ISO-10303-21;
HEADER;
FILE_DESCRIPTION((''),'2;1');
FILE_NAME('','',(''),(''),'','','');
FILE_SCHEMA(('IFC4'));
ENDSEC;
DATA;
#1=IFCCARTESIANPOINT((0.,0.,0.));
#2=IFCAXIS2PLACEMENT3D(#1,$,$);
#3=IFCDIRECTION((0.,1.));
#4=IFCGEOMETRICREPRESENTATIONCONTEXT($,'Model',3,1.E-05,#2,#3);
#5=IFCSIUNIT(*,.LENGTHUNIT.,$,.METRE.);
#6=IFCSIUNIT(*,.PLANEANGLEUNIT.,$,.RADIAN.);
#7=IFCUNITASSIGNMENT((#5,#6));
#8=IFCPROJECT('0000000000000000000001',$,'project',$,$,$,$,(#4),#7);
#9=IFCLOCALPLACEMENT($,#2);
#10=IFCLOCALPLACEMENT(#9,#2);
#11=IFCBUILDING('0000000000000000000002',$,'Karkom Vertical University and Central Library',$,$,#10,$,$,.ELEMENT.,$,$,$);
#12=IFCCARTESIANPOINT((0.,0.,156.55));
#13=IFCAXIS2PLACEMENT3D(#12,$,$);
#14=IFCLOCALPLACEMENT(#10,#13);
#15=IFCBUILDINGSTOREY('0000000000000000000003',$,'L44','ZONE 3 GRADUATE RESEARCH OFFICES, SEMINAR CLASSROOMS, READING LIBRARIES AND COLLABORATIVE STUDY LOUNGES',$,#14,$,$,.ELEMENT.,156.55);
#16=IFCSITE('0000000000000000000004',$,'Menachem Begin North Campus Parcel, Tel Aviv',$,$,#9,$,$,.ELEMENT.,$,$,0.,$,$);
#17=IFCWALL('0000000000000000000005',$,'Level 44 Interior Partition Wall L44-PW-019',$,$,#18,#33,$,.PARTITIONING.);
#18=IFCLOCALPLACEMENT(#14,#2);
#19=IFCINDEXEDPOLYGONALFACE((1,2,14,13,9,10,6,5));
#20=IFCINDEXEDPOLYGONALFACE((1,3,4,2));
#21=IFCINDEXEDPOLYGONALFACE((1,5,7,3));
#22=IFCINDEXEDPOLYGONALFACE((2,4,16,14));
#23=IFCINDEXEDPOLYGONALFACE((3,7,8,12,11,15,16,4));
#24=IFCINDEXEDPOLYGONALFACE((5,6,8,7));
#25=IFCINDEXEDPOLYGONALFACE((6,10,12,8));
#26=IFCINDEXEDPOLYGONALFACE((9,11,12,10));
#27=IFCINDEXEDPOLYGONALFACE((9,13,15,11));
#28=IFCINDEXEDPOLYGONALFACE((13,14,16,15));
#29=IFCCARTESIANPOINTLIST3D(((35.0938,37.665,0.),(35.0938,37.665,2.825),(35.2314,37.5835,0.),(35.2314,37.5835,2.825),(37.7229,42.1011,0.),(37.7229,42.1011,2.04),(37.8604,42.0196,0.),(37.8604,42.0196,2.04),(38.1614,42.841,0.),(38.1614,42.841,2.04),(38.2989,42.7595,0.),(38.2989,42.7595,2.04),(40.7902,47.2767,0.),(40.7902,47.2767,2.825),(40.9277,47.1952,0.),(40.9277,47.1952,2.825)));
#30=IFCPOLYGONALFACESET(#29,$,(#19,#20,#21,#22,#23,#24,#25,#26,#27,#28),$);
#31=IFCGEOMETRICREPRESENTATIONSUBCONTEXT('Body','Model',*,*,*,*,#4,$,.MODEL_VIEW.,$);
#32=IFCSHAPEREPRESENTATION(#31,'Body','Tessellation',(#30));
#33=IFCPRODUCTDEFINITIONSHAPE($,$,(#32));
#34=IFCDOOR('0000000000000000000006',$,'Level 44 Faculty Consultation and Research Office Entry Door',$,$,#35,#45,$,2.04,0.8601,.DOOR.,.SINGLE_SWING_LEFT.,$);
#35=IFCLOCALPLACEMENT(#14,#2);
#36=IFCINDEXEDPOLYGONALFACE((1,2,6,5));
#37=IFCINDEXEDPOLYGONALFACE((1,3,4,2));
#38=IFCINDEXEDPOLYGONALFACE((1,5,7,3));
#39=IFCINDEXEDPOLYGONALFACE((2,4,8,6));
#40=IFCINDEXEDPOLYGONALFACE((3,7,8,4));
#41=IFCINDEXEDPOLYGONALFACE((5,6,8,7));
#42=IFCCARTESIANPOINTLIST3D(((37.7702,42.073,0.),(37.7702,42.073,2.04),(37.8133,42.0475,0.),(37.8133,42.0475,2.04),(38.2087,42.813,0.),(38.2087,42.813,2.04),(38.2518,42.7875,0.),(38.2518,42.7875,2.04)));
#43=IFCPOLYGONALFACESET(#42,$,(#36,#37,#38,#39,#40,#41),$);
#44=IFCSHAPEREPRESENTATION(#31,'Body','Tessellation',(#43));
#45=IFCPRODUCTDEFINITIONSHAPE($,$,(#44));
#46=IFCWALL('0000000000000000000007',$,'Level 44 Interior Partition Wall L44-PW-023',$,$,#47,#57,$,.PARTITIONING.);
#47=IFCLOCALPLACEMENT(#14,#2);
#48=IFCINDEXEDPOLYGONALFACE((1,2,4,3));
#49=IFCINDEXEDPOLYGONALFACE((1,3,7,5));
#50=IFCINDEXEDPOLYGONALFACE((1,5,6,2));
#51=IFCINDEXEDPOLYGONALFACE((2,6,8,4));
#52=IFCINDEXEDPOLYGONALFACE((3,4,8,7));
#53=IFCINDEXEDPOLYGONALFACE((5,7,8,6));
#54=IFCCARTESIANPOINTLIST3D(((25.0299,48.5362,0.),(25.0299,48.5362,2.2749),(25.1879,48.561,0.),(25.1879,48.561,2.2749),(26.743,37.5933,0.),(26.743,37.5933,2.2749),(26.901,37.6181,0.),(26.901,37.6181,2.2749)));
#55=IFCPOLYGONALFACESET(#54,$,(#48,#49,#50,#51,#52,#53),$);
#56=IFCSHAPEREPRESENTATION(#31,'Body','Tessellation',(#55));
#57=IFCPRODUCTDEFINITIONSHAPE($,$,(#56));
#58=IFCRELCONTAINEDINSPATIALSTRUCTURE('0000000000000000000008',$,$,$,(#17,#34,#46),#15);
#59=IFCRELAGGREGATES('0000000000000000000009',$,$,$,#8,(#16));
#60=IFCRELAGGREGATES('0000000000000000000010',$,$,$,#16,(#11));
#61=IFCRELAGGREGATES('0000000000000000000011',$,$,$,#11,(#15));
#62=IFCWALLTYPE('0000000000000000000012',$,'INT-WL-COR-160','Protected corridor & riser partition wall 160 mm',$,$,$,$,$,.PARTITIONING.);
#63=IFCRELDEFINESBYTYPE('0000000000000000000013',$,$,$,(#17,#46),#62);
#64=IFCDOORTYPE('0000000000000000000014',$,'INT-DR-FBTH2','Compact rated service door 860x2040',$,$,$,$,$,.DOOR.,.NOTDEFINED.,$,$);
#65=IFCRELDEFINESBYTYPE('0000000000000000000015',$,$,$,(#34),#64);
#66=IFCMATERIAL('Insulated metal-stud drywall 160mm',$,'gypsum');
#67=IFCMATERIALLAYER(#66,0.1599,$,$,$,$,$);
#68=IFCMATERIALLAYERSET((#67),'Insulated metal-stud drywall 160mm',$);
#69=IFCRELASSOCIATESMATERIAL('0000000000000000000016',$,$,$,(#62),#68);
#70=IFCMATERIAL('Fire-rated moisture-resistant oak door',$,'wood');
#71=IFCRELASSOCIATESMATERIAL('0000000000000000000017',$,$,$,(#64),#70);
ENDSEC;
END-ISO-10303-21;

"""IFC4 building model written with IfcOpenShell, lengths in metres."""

from ifc_helpers import new_model, si_unit, direction, frame, frame_2d, origin, origin_with_axes, place, context, subcontext, project, spatial, rectangle, extrude, source, transform, mapped, material, layer, layer_set, type_object, element, fill, save


model = new_model("IFC4")

# Units and contexts
model_context = context("Model", 3, precision=1e-05, world=origin(), true_north=direction((0.0, 1.0)))
body_context = subcontext(model_context, "Body", "Model", "MODEL_VIEW")
ifc_project = project(units=[si_unit("LENGTHUNIT", "METRE"), si_unit("PLANEANGLEUNIT", "RADIAN")], contexts=[model_context])

# Site, building, storey
site_placement = place(None, origin())
site = spatial("IfcSite", under=ifc_project, at=site_placement, Name="Menachem Begin North Campus Parcel, Tel Aviv", CompositionType="ELEMENT", RefElevation=0.0)
building_placement = place(site_placement, origin())
building = spatial("IfcBuilding", under=site, at=building_placement, Name="Karkom Vertical University and Central Library", CompositionType="ELEMENT")
storey_placement = place(building_placement, frame((0.0, 0.0, 156.55)))
storey = spatial("IfcBuildingStorey", under=building, at=storey_placement, Name="L44", Description="ZONE 3 GRADUATE RESEARCH OFFICES, SEMINAR CLASSROOMS, READING LIBRARIES AND COLLABORATIVE STUDY LOUNGES", CompositionType="ELEMENT", Elevation=156.55)

# Shared definitions
ifc_material_1 = material(Name="Insulated metal-stud drywall 160mm", Category="gypsum")
ifc_layer_1 = layer(ifc_material_1, 0.1599)
ifc_layer_set_1 = layer_set([ifc_layer_1], Name="Insulated metal-stud drywall 160mm")
wall_type_1 = type_object("IfcWallType", Name="INT-WL-COR-160", Description="Protected corridor & riser partition wall 160 mm", PredefinedType="PARTITIONING", material=ifc_layer_set_1)

# Wall, opening, door
wall_1_placement = place(storey_placement, frame((35.1626, 37.6243, 0.0), z_axis=(0.0, 0.0, 1.0), x_axis=(0.509838, 0.86027, 0.0)))
wall_1 = element("IfcWall", 1, at=wall_1_placement, inside=storey, type_object=wall_type_1, Name="Level 44 Interior Partition Wall L44-PW-019", PredefinedType="PARTITIONING", context=body_context, shape_type="SweptSolid", body=[
    extrude(rectangle(XDim=11.1729, YDim=0.1599, at=frame_2d((5.5864, 0.0))), origin(), (0.0, 0.0, 1.0), 2.825),
])
opening_1_placement = place(wall_1_placement, frame((5.1565, 0.0, 0.0)))
opening_1 = element("IfcOpeningElement", 2, at=opening_1_placement, cuts=wall_1, PredefinedType="OPENING", context=body_context, shape_type="SweptSolid", body=[
    extrude(rectangle(XDim=0.8601, YDim=2.04, at=frame_2d((0.4302, 1.02))), frame((0.0, 0.0898, 0.0), z_axis=(0.0, -1.0, 0.0), x_axis=(1.0, 0.0, 0.0)), (0.0, 0.0, 1.0), 0.1799),
])
ifc_material_2 = material(Name="Fire-rated moisture-resistant oak door", Category="wood")
door_type = type_object("IfcDoorType", Name="INT-DR-FBTH2", Description="Compact rated service door 860x2040", OperationType="NOTDEFINED", PredefinedType="DOOR", material=ifc_material_2)
shared_shape_1 = source(origin_with_axes(), body_context, "Body", "SweptSolid", [
    extrude(rectangle(XDim=0.8601, YDim=2.04, at=frame_2d((0.4302, 1.02))), frame((0.0, 0.0249, 0.0), z_axis=(0.0, -1.0, 0.0), x_axis=(1.0, 0.0, 0.0)), (0.0, 0.0, 1.0), 0.05),
])
door_placement = place(opening_1_placement, origin())
door = element("IfcDoor", 3, at=door_placement, inside=storey, type_object=door_type, Name="Level 44 Faculty Consultation and Research Office Entry Door", OperationType="SINGLE_SWING_LEFT", OverallHeight=2.04, OverallWidth=0.8601, PredefinedType="DOOR", context=body_context, shape_type="MappedRepresentation", body=[
    mapped(shared_shape_1, transform((0.0, 0.0, 0.0), scale=1.0)),
])
fill(opening_1, door)

# Wall
wall_2_placement = place(storey_placement, frame((26.822, 37.6057, 0.0), z_axis=(0.0, 0.0, 1.0), x_axis=(-0.154669, 0.987966, 0.0)))
element("IfcWall", 4, at=wall_2_placement, inside=storey, type_object=wall_type_1, Name="Level 44 Interior Partition Wall L44-PW-023", PredefinedType="PARTITIONING", context=body_context, shape_type="SweptSolid", body=[
    extrude(rectangle(XDim=11.0762, YDim=0.1599, at=frame_2d((5.5381, 0.0))), origin(), (0.0, 0.0, 1.0), 2.2749),
])

save(model, "model.ifc")
